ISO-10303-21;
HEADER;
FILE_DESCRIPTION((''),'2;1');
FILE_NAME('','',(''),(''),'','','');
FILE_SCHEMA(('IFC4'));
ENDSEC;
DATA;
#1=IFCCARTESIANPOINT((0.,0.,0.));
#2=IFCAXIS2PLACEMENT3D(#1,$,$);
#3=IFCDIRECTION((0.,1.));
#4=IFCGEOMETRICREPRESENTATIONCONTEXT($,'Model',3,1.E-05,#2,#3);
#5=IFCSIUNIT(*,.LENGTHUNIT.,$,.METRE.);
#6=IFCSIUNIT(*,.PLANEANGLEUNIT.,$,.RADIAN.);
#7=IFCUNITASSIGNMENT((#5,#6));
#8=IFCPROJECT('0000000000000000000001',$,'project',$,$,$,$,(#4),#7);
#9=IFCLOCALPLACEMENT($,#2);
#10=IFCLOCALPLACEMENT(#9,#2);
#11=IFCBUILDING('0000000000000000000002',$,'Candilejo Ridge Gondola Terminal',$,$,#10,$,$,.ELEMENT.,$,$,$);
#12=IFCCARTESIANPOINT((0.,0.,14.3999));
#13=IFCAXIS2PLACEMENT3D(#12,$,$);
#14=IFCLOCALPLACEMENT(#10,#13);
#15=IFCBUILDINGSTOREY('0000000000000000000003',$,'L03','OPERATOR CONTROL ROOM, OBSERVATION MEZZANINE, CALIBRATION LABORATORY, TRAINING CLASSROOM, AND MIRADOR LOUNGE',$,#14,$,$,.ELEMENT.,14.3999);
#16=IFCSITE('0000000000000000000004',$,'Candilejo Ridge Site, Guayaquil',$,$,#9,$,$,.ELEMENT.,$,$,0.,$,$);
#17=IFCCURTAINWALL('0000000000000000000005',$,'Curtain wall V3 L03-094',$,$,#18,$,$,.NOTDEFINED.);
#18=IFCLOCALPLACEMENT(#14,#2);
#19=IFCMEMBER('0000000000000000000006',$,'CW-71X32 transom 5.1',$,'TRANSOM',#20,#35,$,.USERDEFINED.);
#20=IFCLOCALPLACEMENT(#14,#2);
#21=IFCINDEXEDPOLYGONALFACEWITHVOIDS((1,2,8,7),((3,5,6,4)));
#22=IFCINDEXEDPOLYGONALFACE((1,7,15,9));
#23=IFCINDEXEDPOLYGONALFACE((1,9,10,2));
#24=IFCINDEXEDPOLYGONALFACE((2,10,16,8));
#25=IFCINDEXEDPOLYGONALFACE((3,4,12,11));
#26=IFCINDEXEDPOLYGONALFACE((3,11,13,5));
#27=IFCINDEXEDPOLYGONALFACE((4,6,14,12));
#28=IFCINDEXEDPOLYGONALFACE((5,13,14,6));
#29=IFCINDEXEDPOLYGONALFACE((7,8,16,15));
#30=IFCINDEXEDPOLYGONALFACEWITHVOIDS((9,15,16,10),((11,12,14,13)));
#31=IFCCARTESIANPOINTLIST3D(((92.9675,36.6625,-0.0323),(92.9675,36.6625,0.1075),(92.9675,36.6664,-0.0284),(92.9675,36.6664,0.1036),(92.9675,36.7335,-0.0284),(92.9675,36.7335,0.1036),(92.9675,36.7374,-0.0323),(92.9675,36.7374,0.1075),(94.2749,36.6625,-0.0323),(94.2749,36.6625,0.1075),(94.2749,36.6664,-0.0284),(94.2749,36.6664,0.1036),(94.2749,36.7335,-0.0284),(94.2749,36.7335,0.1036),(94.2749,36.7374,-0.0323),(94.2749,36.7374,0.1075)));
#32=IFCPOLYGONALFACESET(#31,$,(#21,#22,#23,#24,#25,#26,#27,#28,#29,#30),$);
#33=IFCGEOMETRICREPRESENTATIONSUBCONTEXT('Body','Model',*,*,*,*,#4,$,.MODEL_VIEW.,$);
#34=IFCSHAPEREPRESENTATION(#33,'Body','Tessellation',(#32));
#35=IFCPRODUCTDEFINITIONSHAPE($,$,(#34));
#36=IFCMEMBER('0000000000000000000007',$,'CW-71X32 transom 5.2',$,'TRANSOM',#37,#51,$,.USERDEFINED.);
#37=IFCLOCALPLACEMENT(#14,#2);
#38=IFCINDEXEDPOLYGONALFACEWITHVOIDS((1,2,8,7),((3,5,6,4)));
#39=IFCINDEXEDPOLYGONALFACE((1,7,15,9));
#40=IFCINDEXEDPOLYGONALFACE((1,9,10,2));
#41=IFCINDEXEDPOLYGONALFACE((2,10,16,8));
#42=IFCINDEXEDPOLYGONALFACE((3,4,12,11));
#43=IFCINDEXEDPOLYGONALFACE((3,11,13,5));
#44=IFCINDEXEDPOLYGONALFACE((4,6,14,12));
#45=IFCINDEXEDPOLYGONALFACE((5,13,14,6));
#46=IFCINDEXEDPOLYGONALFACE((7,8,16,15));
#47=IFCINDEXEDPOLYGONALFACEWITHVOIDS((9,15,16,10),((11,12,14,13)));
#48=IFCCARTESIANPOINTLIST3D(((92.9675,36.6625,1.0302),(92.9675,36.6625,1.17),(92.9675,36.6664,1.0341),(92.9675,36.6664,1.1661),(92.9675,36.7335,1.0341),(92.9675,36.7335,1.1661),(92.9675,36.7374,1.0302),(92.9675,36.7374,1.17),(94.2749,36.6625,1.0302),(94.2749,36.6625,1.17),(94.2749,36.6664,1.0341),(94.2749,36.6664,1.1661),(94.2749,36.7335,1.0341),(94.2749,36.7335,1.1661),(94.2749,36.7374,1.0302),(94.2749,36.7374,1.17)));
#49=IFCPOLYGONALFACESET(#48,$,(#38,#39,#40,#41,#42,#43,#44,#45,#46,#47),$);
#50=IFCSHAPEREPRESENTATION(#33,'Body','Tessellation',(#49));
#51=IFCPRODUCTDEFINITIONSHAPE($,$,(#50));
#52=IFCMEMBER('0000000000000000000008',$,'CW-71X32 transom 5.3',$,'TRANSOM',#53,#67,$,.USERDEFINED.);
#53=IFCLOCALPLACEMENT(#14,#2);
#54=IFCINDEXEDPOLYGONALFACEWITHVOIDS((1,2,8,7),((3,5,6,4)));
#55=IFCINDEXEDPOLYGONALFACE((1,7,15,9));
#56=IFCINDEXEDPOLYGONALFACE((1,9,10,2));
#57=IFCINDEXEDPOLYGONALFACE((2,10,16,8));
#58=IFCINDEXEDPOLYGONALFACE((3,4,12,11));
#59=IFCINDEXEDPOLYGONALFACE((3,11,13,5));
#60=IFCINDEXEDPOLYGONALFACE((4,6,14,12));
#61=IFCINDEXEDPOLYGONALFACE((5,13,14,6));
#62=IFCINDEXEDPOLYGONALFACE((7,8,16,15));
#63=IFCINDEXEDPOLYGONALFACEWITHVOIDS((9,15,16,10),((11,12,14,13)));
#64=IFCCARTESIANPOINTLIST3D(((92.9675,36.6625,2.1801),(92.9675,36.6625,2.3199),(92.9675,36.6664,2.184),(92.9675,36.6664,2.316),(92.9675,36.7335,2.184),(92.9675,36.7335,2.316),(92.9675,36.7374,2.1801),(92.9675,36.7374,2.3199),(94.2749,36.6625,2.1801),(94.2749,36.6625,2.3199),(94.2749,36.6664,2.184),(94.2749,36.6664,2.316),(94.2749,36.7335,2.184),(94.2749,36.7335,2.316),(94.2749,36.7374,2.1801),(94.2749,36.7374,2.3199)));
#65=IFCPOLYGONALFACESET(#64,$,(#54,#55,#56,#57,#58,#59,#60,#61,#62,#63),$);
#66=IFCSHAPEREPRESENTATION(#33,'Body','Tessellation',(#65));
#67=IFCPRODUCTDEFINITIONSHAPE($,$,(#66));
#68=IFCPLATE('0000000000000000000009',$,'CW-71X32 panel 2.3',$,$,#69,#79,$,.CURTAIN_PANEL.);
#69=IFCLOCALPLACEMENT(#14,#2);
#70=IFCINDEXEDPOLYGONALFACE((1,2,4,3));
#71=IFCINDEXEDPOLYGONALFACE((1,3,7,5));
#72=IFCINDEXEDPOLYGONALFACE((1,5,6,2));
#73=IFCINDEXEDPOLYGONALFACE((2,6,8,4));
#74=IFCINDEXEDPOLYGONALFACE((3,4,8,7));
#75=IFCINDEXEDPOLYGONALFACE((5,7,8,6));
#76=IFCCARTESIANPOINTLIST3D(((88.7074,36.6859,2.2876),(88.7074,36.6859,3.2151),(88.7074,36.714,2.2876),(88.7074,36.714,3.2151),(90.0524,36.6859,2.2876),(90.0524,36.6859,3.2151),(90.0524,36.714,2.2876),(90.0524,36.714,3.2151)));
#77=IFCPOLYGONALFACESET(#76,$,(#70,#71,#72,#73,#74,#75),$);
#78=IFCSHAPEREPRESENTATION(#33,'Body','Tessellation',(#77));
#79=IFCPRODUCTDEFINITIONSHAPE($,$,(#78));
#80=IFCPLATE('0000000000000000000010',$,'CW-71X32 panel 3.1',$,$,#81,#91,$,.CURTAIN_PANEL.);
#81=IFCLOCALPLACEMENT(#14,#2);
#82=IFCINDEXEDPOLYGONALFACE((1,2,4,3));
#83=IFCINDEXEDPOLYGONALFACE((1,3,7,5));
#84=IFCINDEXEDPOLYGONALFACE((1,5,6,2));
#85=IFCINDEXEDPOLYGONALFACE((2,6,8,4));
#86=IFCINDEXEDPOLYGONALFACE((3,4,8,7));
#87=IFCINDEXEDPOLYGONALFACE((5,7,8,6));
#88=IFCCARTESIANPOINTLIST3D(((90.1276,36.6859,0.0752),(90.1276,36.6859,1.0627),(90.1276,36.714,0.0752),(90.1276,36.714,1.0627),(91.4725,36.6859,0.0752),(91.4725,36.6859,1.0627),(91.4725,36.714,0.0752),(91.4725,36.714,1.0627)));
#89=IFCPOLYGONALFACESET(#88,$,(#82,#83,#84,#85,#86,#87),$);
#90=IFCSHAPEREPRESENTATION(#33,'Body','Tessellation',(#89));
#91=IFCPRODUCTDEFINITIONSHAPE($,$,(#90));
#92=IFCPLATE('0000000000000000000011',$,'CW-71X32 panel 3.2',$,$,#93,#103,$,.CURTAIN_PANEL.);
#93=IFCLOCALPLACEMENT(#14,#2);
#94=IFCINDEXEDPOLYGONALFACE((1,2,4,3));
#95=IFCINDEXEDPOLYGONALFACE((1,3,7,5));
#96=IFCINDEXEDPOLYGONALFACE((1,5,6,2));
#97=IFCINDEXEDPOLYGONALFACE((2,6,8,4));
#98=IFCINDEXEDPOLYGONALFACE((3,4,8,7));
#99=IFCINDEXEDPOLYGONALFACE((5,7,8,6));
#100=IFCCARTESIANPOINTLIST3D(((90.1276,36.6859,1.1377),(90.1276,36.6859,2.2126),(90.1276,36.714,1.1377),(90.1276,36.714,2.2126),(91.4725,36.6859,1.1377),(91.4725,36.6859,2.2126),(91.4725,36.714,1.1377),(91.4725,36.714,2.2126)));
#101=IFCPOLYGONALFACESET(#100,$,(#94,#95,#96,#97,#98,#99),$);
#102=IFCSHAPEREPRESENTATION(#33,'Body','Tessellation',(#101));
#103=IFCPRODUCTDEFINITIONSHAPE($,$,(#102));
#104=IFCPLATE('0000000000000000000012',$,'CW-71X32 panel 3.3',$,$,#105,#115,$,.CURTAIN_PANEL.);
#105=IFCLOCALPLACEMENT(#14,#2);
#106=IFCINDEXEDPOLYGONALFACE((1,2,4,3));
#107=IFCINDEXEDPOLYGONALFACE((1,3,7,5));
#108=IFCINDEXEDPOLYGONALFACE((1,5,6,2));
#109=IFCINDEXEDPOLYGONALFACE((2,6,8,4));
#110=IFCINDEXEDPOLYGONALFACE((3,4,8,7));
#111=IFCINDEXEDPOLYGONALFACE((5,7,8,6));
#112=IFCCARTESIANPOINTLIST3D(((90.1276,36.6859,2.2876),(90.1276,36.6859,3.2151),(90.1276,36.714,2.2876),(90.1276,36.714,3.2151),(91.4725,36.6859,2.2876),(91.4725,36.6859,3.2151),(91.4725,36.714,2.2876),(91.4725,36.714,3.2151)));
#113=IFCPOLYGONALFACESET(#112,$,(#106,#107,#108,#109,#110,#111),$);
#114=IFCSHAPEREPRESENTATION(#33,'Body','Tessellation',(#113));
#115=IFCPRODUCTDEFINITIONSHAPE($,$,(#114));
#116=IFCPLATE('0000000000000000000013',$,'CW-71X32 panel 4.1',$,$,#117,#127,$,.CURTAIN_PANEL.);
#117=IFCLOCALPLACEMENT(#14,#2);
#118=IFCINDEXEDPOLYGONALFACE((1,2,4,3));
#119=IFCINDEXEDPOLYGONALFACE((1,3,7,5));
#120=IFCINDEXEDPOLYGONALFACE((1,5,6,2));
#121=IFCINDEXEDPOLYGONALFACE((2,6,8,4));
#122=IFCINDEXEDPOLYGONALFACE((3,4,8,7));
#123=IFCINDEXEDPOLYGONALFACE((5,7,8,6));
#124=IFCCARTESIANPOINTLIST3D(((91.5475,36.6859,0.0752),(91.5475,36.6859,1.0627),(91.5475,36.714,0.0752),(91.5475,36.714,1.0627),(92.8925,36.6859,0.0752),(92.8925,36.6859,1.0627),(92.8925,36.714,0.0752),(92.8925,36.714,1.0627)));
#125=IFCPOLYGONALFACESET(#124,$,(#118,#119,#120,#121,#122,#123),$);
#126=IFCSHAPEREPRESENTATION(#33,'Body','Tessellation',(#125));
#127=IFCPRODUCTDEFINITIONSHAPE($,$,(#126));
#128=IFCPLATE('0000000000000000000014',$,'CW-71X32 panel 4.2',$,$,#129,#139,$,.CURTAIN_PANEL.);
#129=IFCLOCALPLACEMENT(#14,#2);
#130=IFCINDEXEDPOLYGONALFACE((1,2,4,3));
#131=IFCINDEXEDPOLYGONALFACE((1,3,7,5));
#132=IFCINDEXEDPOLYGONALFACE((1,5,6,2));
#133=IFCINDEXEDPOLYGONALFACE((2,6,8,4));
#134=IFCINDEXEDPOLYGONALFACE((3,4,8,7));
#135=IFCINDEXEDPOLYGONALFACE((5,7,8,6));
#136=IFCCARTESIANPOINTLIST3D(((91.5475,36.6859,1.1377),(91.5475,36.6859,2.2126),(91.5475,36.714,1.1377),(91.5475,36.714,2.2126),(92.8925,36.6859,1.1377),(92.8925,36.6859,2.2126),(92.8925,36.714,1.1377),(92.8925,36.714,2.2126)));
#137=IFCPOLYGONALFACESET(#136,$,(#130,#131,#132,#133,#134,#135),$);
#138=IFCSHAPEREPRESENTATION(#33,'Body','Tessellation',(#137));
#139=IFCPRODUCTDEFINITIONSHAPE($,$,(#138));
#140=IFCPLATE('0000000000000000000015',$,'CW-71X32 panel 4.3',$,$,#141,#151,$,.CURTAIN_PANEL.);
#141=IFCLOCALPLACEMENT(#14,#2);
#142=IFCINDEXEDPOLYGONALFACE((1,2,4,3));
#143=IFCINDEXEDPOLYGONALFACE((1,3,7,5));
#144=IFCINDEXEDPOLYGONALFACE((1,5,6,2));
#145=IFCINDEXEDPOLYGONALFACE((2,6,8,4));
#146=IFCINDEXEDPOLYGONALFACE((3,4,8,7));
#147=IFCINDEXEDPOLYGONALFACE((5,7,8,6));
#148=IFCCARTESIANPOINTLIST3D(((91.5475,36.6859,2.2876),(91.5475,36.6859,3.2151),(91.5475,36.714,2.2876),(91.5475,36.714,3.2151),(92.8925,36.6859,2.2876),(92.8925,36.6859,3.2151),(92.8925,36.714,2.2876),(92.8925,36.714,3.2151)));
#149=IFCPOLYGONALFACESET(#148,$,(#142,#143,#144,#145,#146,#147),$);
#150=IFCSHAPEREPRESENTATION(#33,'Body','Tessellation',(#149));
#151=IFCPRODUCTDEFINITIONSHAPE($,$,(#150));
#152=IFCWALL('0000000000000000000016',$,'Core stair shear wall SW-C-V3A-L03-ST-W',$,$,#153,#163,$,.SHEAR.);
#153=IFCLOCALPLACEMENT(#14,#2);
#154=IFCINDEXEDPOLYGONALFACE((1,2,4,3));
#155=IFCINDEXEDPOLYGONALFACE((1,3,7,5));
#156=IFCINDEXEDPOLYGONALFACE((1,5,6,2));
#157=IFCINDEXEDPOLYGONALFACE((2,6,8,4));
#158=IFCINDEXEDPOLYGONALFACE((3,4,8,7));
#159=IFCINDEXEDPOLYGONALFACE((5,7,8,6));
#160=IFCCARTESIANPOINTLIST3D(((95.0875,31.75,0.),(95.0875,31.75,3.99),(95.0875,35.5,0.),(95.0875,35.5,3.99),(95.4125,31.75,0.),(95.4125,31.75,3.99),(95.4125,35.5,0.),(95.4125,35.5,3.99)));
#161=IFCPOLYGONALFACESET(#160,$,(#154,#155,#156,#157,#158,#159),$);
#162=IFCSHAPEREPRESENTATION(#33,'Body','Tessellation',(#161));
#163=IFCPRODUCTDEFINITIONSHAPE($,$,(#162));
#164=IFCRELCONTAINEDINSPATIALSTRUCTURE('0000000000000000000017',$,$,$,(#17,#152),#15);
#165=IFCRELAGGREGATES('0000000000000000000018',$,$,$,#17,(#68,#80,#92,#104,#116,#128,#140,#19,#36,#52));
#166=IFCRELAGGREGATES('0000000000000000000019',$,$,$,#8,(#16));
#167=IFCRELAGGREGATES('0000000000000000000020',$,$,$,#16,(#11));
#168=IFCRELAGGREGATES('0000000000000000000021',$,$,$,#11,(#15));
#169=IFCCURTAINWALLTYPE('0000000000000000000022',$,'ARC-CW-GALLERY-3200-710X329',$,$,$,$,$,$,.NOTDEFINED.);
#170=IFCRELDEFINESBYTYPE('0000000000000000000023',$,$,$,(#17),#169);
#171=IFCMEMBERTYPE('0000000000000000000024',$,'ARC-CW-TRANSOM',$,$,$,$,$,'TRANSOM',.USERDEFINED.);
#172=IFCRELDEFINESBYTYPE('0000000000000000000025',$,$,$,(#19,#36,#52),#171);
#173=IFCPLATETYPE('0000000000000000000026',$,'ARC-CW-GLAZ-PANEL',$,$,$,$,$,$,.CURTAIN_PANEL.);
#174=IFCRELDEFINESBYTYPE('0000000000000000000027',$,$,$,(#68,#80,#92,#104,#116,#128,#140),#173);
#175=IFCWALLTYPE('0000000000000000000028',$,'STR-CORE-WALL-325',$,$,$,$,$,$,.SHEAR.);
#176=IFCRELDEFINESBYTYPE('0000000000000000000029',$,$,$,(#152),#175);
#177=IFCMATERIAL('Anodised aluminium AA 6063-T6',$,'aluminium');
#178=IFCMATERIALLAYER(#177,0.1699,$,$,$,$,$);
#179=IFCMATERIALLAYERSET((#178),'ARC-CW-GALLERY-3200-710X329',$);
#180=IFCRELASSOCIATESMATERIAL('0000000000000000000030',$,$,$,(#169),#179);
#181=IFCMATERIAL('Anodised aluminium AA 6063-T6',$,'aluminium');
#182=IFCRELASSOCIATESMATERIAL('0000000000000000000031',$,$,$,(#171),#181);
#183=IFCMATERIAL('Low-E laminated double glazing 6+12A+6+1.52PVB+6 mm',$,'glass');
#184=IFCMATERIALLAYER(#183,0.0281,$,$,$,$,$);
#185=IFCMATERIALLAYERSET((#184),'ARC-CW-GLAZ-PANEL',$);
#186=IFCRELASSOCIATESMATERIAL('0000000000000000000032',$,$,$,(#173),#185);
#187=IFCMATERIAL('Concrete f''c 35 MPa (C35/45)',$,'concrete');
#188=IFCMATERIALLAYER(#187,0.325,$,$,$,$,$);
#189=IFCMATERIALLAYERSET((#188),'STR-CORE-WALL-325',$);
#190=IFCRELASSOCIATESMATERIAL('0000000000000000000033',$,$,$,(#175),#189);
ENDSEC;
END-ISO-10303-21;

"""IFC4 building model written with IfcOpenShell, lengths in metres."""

from ifc_helpers import new_model, si_unit, direction, frame, frame_2d, origin, origin_2d, place, context, subcontext, project, spatial, rectangle, hollow_rectangle, extrude, material, layer, layer_set, material_profile, profile_set, type_object, element, aggregate, save


model = new_model("IFC4")

# Units and contexts
model_context = context("Model", 3, precision=1e-05, world=origin(), true_north=direction((0.0, 1.0)))
body_context = subcontext(model_context, "Body", "Model", "MODEL_VIEW")
ifc_project = project(units=[si_unit("LENGTHUNIT", "METRE"), si_unit("PLANEANGLEUNIT", "RADIAN")], contexts=[model_context])

# Site, building, storey
site_placement = place(None, origin())
site = spatial("IfcSite", under=ifc_project, at=site_placement, Name="Candilejo Ridge Site, Guayaquil", CompositionType="ELEMENT", RefElevation=0.0)
building_placement = place(site_placement, origin())
building = spatial("IfcBuilding", under=site, at=building_placement, Name="Candilejo Ridge Gondola Terminal", CompositionType="ELEMENT")
storey_placement = place(building_placement, frame((0.0, 0.0, 14.3999)))
storey = spatial("IfcBuildingStorey", under=building, at=storey_placement, Name="L03", Description="OPERATOR CONTROL ROOM, OBSERVATION MEZZANINE, CALIBRATION LABORATORY, TRAINING CLASSROOM, AND MIRADOR LOUNGE", CompositionType="ELEMENT", Elevation=14.3999)

# Curtain wall, members, plates
ifc_material_1 = material(Name="Anodised aluminium AA 6063-T6", Category="aluminium")
ifc_layer_1 = layer(ifc_material_1, 0.1699)
ifc_layer_set_1 = layer_set([ifc_layer_1], Name="ARC-CW-GALLERY-3200-710X329")
curtain_wall_type = type_object("IfcCurtainWallType", Name="ARC-CW-GALLERY-3200-710X329", PredefinedType="NOTDEFINED", material=ifc_layer_set_1)
curtain_wall_placement = place(storey_placement, origin())
curtain_wall = element("IfcCurtainWall", 1, at=curtain_wall_placement, inside=storey, type_object=curtain_wall_type, Name="Curtain wall V3 L03-094", PredefinedType="NOTDEFINED")
ifc_material_2 = material(Name="Anodised aluminium AA 6063-T6", Category="aluminium")
ifc_material_profile_1 = material_profile(ifc_material_2, hollow_rectangle(XDim=0.075, YDim=0.1399, WallThickness=0.0039, at=origin_2d()))
ifc_profile_set_1 = profile_set([ifc_material_profile_1], Name="Anodised aluminium AA 6063-T6")
member_type_1 = type_object("IfcMemberType", Name="ARC-CW-TRANSOM", ElementType="TRANSOM", PredefinedType="USERDEFINED", material=ifc_profile_set_1)
member_1_placement = place(storey_placement, frame((92.9675, 36.7, 0.0376), z_axis=(1.0, 0.0, 0.0), x_axis=(0.0, 1.0, 0.0)))
member_1 = element("IfcMember", 2, at=member_1_placement, type_object=member_type_1, Name="CW-71X32 transom 5.1", ObjectType="TRANSOM", PredefinedType="USERDEFINED", context=body_context, shape_type="SweptSolid", body=[
    extrude(hollow_rectangle(XDim=0.075, YDim=0.1399, WallThickness=0.0039, at=origin_2d()), origin(), (0.0, 0.0, 1.0), 1.3074),
])
member_2_placement = place(storey_placement, frame((92.9675, 36.7, 1.1001), z_axis=(1.0, 0.0, 0.0), x_axis=(0.0, 1.0, 0.0)))
member_2 = element("IfcMember", 3, at=member_2_placement, type_object=member_type_1, Name="CW-71X32 transom 5.2", ObjectType="TRANSOM", PredefinedType="USERDEFINED", context=body_context, shape_type="SweptSolid", body=[
    extrude(hollow_rectangle(XDim=0.075, YDim=0.1399, WallThickness=0.0039, at=origin_2d()), origin(), (0.0, 0.0, 1.0), 1.3074),
])
member_3_placement = place(storey_placement, frame((92.9675, 36.7, 2.25), z_axis=(1.0, 0.0, 0.0), x_axis=(0.0, 1.0, 0.0)))
member_3 = element("IfcMember", 4, at=member_3_placement, type_object=member_type_1, Name="CW-71X32 transom 5.3", ObjectType="TRANSOM", PredefinedType="USERDEFINED", context=body_context, shape_type="SweptSolid", body=[
    extrude(hollow_rectangle(XDim=0.075, YDim=0.1399, WallThickness=0.0039, at=origin_2d()), origin(), (0.0, 0.0, 1.0), 1.3074),
])
ifc_material_3 = material(Name="Low-E laminated double glazing 6+12A+6+1.52PVB+6 mm", Category="glass")
ifc_layer_2 = layer(ifc_material_3, 0.0281)
ifc_layer_set_2 = layer_set([ifc_layer_2], Name="ARC-CW-GLAZ-PANEL")
plate_type = type_object("IfcPlateType", Name="ARC-CW-GLAZ-PANEL", PredefinedType="CURTAIN_PANEL", material=ifc_layer_set_2)
plate_1_placement = place(storey_placement, frame((89.3799, 36.7, 2.2876), z_axis=(0.0, 0.0, 1.0), x_axis=(1.0, 0.0, 0.0)))
plate_1 = element("IfcPlate", 5, at=plate_1_placement, type_object=plate_type, Name="CW-71X32 panel 2.3", PredefinedType="CURTAIN_PANEL", context=body_context, shape_type="SweptSolid", body=[
    extrude(rectangle(XDim=1.345, YDim=0.0281, at=origin_2d()), origin(), (0.0, 0.0, 1.0), 0.9275),
])
plate_2_placement = place(storey_placement, frame((90.8, 36.7, 0.0752), z_axis=(0.0, 0.0, 1.0), x_axis=(1.0, 0.0, 0.0)))
plate_2 = element("IfcPlate", 6, at=plate_2_placement, type_object=plate_type, Name="CW-71X32 panel 3.1", PredefinedType="CURTAIN_PANEL", context=body_context, shape_type="SweptSolid", body=[
    extrude(rectangle(XDim=1.345, YDim=0.0281, at=origin_2d()), origin(), (0.0, 0.0, 1.0), 0.9875),
])
plate_3_placement = place(storey_placement, frame((90.8, 36.7, 1.1377), z_axis=(0.0, 0.0, 1.0), x_axis=(1.0, 0.0, 0.0)))
plate_3 = element("IfcPlate", 7, at=plate_3_placement, type_object=plate_type, Name="CW-71X32 panel 3.2", PredefinedType="CURTAIN_PANEL", context=body_context, shape_type="SweptSolid", body=[
    extrude(rectangle(XDim=1.345, YDim=0.0281, at=origin_2d()), origin(), (0.0, 0.0, 1.0), 1.075),
])
plate_4_placement = place(storey_placement, frame((90.8, 36.7, 2.2876), z_axis=(0.0, 0.0, 1.0), x_axis=(1.0, 0.0, 0.0)))
plate_4 = element("IfcPlate", 8, at=plate_4_placement, type_object=plate_type, Name="CW-71X32 panel 3.3", PredefinedType="CURTAIN_PANEL", context=body_context, shape_type="SweptSolid", body=[
    extrude(rectangle(XDim=1.345, YDim=0.0281, at=origin_2d()), origin(), (0.0, 0.0, 1.0), 0.9275),
])
plate_5_placement = place(storey_placement, frame((92.22, 36.7, 0.0752), z_axis=(0.0, 0.0, 1.0), x_axis=(1.0, 0.0, 0.0)))
plate_5 = element("IfcPlate", 9, at=plate_5_placement, type_object=plate_type, Name="CW-71X32 panel 4.1", PredefinedType="CURTAIN_PANEL", context=body_context, shape_type="SweptSolid", body=[
    extrude(rectangle(XDim=1.345, YDim=0.0281, at=origin_2d()), origin(), (0.0, 0.0, 1.0), 0.9875),
])
plate_6_placement = place(storey_placement, frame((92.22, 36.7, 1.1377), z_axis=(0.0, 0.0, 1.0), x_axis=(1.0, 0.0, 0.0)))
plate_6 = element("IfcPlate", 10, at=plate_6_placement, type_object=plate_type, Name="CW-71X32 panel 4.2", PredefinedType="CURTAIN_PANEL", context=body_context, shape_type="SweptSolid", body=[
    extrude(rectangle(XDim=1.345, YDim=0.0281, at=origin_2d()), origin(), (0.0, 0.0, 1.0), 1.075),
])
plate_7_placement = place(storey_placement, frame((92.22, 36.7, 2.2876), z_axis=(0.0, 0.0, 1.0), x_axis=(1.0, 0.0, 0.0)))
plate_7 = element("IfcPlate", 11, at=plate_7_placement, type_object=plate_type, Name="CW-71X32 panel 4.3", PredefinedType="CURTAIN_PANEL", context=body_context, shape_type="SweptSolid", body=[
    extrude(rectangle(XDim=1.345, YDim=0.0281, at=origin_2d()), origin(), (0.0, 0.0, 1.0), 0.9275),
])
aggregate(curtain_wall, [plate_1, plate_2, plate_3, plate_4, plate_5, plate_6, plate_7, member_1, member_2, member_3])

# Wall
ifc_material_4 = material(Name="Concrete f'c 35 MPa (C35/45)", Category="concrete")
ifc_layer_3 = layer(ifc_material_4, 0.325)
ifc_layer_set_3 = layer_set([ifc_layer_3], Name="STR-CORE-WALL-325")
wall_type = type_object("IfcWallType", Name="STR-CORE-WALL-325", PredefinedType="SHEAR", material=ifc_layer_set_3)
wall_placement = place(storey_placement, frame((95.25, 35.5, 0.0), z_axis=(0.0, 0.0, 1.0), x_axis=(0.0, -1.0, 0.0)))
element("IfcWall", 12, at=wall_placement, inside=storey, type_object=wall_type, Name="Core stair shear wall SW-C-V3A-L03-ST-W", PredefinedType="SHEAR", context=body_context, shape_type="SweptSolid", body=[
    extrude(rectangle(XDim=3.75, YDim=0.325, at=frame_2d((1.875, 0.0))), origin(), (0.0, 0.0, 1.0), 3.99),
])

save(model, "model.ifc")
